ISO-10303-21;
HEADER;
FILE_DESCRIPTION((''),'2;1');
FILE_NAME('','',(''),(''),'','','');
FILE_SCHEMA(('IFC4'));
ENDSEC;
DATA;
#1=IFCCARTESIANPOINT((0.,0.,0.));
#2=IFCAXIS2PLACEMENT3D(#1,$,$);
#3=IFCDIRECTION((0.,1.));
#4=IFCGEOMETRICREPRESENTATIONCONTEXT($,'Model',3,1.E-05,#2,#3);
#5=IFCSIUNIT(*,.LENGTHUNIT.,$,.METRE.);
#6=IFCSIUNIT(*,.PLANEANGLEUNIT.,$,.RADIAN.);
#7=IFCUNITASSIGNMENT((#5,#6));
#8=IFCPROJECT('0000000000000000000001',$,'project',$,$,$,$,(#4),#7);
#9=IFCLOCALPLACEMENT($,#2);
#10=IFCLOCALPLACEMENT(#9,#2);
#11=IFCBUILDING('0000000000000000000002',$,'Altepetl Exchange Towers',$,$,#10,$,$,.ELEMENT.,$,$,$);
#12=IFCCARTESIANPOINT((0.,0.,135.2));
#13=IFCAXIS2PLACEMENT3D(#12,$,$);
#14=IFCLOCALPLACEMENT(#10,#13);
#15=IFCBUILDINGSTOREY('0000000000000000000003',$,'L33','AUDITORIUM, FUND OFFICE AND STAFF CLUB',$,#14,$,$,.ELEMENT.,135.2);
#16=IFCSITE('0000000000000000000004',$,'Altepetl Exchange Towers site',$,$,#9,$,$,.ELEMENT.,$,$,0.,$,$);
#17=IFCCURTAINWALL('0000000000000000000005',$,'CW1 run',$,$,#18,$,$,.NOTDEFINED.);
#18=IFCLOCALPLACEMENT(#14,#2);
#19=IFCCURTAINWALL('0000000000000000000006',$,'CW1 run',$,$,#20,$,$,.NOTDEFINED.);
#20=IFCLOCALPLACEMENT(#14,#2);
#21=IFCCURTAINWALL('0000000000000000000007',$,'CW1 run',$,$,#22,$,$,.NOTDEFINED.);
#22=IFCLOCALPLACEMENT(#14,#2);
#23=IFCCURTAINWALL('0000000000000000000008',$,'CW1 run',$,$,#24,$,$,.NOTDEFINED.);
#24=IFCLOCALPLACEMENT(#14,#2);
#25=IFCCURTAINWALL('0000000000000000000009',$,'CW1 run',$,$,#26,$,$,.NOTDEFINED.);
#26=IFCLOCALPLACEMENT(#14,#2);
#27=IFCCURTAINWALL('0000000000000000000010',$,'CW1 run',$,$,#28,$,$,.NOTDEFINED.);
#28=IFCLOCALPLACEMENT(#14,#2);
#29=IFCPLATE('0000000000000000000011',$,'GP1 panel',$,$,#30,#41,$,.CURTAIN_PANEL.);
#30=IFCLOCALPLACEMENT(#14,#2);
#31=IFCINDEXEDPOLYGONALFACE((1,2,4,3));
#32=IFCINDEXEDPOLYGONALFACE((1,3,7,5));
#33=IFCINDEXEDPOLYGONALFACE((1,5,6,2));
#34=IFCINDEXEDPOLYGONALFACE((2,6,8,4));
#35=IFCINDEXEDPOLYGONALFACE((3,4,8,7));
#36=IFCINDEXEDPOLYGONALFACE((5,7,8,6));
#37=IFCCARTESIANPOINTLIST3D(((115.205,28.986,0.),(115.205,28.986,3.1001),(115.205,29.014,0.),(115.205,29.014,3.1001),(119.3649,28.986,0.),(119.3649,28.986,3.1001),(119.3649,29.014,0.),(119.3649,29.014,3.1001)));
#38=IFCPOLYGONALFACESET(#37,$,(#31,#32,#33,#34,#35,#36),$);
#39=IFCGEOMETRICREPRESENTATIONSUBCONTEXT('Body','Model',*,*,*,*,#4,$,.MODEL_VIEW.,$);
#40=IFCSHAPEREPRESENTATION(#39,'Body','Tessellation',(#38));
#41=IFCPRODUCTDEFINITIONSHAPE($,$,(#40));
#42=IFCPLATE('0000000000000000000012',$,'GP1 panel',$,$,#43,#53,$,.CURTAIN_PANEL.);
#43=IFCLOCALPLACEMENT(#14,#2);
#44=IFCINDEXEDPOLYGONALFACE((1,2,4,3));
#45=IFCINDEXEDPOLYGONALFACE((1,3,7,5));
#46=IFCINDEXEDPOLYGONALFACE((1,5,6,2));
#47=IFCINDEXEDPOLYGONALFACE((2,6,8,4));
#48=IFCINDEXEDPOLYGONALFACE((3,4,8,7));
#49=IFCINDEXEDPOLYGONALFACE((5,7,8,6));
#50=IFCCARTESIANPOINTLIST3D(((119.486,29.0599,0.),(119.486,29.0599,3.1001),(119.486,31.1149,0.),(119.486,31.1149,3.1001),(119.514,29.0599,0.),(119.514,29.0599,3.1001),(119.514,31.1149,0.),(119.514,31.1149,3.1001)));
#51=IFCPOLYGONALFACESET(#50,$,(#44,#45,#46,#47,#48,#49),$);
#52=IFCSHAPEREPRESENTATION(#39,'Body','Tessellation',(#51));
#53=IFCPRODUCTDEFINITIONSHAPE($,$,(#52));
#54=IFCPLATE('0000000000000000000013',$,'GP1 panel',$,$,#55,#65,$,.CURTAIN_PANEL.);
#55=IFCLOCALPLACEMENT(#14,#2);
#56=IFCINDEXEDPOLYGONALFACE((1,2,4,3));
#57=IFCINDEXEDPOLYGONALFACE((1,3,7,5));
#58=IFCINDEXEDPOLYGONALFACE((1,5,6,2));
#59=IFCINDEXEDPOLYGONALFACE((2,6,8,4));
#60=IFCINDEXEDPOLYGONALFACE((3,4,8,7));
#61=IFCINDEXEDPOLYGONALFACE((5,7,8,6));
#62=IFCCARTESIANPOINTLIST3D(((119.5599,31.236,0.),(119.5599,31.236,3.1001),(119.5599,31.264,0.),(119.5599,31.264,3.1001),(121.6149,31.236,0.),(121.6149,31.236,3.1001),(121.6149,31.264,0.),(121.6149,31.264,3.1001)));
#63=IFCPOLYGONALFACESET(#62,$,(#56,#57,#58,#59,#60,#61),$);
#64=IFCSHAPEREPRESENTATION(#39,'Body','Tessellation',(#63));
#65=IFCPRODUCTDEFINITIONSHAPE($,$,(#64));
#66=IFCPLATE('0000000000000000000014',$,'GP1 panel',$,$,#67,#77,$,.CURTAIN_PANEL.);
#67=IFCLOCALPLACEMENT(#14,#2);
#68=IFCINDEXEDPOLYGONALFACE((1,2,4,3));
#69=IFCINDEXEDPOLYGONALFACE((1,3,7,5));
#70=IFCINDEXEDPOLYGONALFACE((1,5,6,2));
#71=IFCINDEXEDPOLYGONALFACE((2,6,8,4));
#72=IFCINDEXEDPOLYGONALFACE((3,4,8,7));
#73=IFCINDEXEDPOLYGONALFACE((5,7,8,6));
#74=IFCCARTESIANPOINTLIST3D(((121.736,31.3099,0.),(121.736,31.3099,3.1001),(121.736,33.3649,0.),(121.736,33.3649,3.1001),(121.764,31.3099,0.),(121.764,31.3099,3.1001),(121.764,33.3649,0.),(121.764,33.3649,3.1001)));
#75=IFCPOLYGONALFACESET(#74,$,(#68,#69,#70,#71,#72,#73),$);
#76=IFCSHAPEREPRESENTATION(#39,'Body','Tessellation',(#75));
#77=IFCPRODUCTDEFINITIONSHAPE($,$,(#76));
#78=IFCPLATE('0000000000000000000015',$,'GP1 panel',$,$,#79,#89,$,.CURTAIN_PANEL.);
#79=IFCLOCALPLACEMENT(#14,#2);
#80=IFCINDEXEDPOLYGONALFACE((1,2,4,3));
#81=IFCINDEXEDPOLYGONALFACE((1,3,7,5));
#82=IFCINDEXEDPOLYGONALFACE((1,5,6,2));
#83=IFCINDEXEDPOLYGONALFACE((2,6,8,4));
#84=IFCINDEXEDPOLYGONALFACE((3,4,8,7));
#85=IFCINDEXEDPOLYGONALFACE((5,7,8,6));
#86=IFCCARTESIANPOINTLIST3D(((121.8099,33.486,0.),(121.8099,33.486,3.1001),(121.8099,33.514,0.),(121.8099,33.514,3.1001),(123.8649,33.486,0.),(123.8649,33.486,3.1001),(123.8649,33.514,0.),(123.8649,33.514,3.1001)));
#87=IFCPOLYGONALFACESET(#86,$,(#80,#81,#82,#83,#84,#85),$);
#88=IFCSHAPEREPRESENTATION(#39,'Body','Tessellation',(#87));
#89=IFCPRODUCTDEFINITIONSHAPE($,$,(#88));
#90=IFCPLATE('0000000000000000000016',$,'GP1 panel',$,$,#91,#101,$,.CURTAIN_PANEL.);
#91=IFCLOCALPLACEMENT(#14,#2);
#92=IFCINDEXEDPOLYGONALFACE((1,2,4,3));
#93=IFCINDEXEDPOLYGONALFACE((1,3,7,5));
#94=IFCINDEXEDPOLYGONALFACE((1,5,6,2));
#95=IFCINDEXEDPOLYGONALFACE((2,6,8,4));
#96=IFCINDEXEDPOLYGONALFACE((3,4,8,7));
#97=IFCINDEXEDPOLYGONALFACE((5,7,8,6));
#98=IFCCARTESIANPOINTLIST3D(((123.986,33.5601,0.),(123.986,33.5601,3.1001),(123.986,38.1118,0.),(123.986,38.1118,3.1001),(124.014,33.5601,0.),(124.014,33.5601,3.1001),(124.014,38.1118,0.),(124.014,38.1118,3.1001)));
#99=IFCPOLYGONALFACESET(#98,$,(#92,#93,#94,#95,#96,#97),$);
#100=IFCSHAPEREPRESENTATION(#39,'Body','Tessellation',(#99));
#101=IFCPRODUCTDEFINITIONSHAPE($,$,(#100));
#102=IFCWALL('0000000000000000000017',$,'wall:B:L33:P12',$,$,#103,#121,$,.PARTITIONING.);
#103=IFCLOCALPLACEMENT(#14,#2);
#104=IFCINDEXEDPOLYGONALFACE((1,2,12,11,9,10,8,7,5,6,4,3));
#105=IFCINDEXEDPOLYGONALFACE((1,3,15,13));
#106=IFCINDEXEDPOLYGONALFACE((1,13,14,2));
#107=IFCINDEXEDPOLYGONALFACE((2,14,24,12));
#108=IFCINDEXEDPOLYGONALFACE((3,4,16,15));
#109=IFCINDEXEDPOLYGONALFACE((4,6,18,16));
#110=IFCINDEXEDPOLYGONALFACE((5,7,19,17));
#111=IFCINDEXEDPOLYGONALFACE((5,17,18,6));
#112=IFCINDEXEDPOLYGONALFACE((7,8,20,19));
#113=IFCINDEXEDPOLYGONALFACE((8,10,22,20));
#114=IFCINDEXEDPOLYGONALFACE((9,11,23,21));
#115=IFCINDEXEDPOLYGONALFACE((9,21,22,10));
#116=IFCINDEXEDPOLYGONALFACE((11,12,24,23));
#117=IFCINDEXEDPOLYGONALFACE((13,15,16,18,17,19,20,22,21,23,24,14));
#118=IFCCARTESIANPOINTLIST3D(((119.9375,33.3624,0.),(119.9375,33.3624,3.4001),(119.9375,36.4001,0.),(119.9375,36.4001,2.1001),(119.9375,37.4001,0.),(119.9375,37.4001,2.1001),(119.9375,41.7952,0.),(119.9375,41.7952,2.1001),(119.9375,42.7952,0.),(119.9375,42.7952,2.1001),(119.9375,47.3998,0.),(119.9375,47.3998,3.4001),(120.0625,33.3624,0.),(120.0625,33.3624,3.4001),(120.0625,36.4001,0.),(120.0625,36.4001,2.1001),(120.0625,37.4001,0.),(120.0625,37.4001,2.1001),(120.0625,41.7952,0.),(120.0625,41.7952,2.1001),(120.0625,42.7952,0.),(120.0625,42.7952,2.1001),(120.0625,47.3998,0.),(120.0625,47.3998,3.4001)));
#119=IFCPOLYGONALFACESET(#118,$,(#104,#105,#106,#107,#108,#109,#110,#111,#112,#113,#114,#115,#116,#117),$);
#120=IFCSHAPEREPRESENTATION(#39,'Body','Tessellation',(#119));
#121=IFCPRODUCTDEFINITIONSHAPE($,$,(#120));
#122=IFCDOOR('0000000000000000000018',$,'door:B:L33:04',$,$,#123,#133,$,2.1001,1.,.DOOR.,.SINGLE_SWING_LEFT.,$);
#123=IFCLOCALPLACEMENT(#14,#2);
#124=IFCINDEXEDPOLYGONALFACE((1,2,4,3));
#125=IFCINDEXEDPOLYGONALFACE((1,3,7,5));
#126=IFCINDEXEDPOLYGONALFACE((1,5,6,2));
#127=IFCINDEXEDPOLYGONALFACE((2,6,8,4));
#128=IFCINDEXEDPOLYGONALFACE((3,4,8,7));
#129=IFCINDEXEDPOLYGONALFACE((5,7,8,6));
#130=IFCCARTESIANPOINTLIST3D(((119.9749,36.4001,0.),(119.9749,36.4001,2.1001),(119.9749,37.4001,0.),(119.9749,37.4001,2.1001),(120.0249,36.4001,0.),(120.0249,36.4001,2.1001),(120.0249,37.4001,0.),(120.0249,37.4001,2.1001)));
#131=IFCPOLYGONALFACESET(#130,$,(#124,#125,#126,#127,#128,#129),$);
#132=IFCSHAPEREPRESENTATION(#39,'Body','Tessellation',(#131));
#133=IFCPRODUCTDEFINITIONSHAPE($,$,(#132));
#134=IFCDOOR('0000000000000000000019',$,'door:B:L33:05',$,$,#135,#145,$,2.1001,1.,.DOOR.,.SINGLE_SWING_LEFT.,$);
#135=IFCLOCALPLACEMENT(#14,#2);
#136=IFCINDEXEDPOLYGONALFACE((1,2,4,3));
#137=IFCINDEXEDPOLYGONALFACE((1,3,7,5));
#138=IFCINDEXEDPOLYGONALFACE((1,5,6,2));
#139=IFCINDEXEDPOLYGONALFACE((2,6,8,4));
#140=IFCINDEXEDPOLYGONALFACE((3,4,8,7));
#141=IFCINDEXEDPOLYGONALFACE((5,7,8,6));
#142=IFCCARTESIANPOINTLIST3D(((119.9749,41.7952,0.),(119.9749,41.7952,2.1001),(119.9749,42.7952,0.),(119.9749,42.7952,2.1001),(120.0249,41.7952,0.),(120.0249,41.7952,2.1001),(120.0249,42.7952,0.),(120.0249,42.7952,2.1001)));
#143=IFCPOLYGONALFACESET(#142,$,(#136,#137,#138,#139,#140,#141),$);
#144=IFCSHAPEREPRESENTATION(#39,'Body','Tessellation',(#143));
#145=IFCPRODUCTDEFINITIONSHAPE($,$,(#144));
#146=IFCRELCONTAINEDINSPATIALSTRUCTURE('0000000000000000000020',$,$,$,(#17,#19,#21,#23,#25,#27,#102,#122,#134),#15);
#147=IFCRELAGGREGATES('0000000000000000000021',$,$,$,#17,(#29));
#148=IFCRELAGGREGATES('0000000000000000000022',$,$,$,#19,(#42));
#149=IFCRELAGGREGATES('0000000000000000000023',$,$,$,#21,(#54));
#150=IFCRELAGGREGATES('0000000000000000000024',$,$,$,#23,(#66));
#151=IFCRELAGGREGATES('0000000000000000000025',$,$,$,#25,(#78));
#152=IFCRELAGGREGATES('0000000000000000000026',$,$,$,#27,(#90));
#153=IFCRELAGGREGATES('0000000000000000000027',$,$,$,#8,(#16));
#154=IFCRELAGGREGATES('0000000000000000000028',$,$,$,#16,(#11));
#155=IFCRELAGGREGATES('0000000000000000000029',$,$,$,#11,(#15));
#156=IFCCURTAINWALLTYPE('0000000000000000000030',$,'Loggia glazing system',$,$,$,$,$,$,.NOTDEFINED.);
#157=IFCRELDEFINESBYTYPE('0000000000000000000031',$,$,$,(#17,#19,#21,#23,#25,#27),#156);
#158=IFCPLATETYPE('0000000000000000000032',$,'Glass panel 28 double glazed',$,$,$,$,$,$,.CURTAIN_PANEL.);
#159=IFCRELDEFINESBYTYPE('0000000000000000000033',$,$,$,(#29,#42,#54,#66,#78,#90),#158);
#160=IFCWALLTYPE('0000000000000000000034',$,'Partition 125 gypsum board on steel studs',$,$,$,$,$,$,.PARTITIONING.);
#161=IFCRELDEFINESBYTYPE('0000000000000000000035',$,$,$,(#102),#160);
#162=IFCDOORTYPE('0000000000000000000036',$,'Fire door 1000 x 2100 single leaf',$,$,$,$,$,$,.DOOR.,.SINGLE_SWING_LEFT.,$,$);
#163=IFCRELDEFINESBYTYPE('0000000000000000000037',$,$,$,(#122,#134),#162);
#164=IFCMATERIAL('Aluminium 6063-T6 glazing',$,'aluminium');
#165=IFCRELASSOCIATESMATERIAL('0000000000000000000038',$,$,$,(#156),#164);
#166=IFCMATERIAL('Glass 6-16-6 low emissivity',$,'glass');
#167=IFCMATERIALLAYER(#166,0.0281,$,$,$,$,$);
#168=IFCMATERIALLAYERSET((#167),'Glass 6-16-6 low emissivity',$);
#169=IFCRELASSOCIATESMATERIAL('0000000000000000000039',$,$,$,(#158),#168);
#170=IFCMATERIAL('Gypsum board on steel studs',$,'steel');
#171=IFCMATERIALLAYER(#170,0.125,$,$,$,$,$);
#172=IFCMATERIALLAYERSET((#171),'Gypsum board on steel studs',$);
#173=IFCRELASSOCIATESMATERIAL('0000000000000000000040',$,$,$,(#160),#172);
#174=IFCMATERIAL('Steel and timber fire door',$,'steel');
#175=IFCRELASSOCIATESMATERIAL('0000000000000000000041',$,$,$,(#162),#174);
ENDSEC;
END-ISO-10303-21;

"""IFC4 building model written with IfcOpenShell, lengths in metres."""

from ifc_helpers import new_model, si_unit, direction, frame, frame_2d, origin, origin_2d, place, context, subcontext, project, spatial, rectangle, extrude, material, layer, layer_set, type_object, element, fill, aggregate, save


model = new_model("IFC4")

# Units and contexts
model_context = context("Model", 3, precision=1e-05, world=origin(), true_north=direction((0.0, 1.0)))
body_context = subcontext(model_context, "Body", "Model", "MODEL_VIEW")
ifc_project = project(units=[si_unit("LENGTHUNIT", "METRE"), si_unit("PLANEANGLEUNIT", "RADIAN")], contexts=[model_context])

# Site, building, storey
site_placement = place(None, origin())
site = spatial("IfcSite", under=ifc_project, at=site_placement, Name="Altepetl Exchange Towers site", CompositionType="ELEMENT", RefElevation=0.0)
building_placement = place(site_placement, origin())
building = spatial("IfcBuilding", under=site, at=building_placement, Name="Altepetl Exchange Towers", CompositionType="ELEMENT")
storey_placement = place(building_placement, frame((0.0, 0.0, 135.2)))
storey = spatial("IfcBuildingStorey", under=building, at=storey_placement, Name="L33", Description="AUDITORIUM, FUND OFFICE AND STAFF CLUB", CompositionType="ELEMENT", Elevation=135.2)

# Curtain wall
ifc_material_1 = material(Name="Aluminium 6063-T6 glazing", Category="aluminium")
curtain_wall_type = type_object("IfcCurtainWallType", Name="Loggia glazing system", PredefinedType="NOTDEFINED", material=ifc_material_1)
curtain_wall_1_placement = place(storey_placement, origin())
curtain_wall_1 = element("IfcCurtainWall", 1, at=curtain_wall_1_placement, inside=storey, type_object=curtain_wall_type, Name="CW1 run", PredefinedType="NOTDEFINED")

# Curtain walls
curtain_wall_2_placement = place(storey_placement, origin())
curtain_wall_2 = element("IfcCurtainWall", 2, at=curtain_wall_2_placement, inside=storey, type_object=curtain_wall_type, Name="CW1 run", PredefinedType="NOTDEFINED")
curtain_wall_3_placement = place(storey_placement, origin())
curtain_wall_3 = element("IfcCurtainWall", 3, at=curtain_wall_3_placement, inside=storey, type_object=curtain_wall_type, Name="CW1 run", PredefinedType="NOTDEFINED")
curtain_wall_4_placement = place(storey_placement, origin())
curtain_wall_4 = element("IfcCurtainWall", 4, at=curtain_wall_4_placement, inside=storey, type_object=curtain_wall_type, Name="CW1 run", PredefinedType="NOTDEFINED")
curtain_wall_5_placement = place(storey_placement, origin())
curtain_wall_5 = element("IfcCurtainWall", 5, at=curtain_wall_5_placement, inside=storey, type_object=curtain_wall_type, Name="CW1 run", PredefinedType="NOTDEFINED")

# Curtain wall
curtain_wall_6_placement = place(storey_placement, origin())
curtain_wall_6 = element("IfcCurtainWall", 6, at=curtain_wall_6_placement, inside=storey, type_object=curtain_wall_type, Name="CW1 run", PredefinedType="NOTDEFINED")

# Plates
ifc_material_2 = material(Name="Glass 6-16-6 low emissivity", Category="glass")
ifc_layer_1 = layer(ifc_material_2, 0.0281)
ifc_layer_set_1 = layer_set([ifc_layer_1], Name="Glass 6-16-6 low emissivity")
plate_type = type_object("IfcPlateType", Name="Glass panel 28 double glazed", PredefinedType="CURTAIN_PANEL", material=ifc_layer_set_1)
plate_1_placement = place(storey_placement, frame((117.2849, 29.0, 0.0)))
plate_1 = element("IfcPlate", 7, at=plate_1_placement, type_object=plate_type, Name="GP1 panel", PredefinedType="CURTAIN_PANEL", context=body_context, shape_type="SweptSolid", body=[
    extrude(rectangle(XDim=4.1599, YDim=0.0281, at=origin_2d()), origin(), (0.0, 0.0, 1.0), 3.1001),
])
aggregate(curtain_wall_1, [plate_1])
plate_2_placement = place(storey_placement, frame((119.5, 30.0874, 0.0), z_axis=(0.0, 0.0, 1.0), x_axis=(0.0, 1.0, 0.0)))
plate_2 = element("IfcPlate", 8, at=plate_2_placement, type_object=plate_type, Name="GP1 panel", PredefinedType="CURTAIN_PANEL", context=body_context, shape_type="SweptSolid", body=[
    extrude(rectangle(XDim=2.0549, YDim=0.0281, at=origin_2d()), origin(), (0.0, 0.0, 1.0), 3.1001),
])
aggregate(curtain_wall_2, [plate_2])
plate_3_placement = place(storey_placement, frame((120.5874, 31.25, 0.0)))
plate_3 = element("IfcPlate", 9, at=plate_3_placement, type_object=plate_type, Name="GP1 panel", PredefinedType="CURTAIN_PANEL", context=body_context, shape_type="SweptSolid", body=[
    extrude(rectangle(XDim=2.0549, YDim=0.0281, at=origin_2d()), origin(), (0.0, 0.0, 1.0), 3.1001),
])
aggregate(curtain_wall_3, [plate_3])
plate_4_placement = place(storey_placement, frame((121.75, 32.3374, 0.0), z_axis=(0.0, 0.0, 1.0), x_axis=(0.0, 1.0, 0.0)))
plate_4 = element("IfcPlate", 10, at=plate_4_placement, type_object=plate_type, Name="GP1 panel", PredefinedType="CURTAIN_PANEL", context=body_context, shape_type="SweptSolid", body=[
    extrude(rectangle(XDim=2.0549, YDim=0.0281, at=origin_2d()), origin(), (0.0, 0.0, 1.0), 3.1001),
])
aggregate(curtain_wall_4, [plate_4])
plate_5_placement = place(storey_placement, frame((122.8374, 33.5, 0.0)))
plate_5 = element("IfcPlate", 11, at=plate_5_placement, type_object=plate_type, Name="GP1 panel", PredefinedType="CURTAIN_PANEL", context=body_context, shape_type="SweptSolid", body=[
    extrude(rectangle(XDim=2.0549, YDim=0.0281, at=origin_2d()), origin(), (0.0, 0.0, 1.0), 3.1001),
])
aggregate(curtain_wall_5, [plate_5])
plate_6_placement = place(storey_placement, frame((124.0, 35.8359, 0.0), z_axis=(0.0, 0.0, 1.0), x_axis=(0.0, 1.0, 0.0)))
plate_6 = element("IfcPlate", 12, at=plate_6_placement, type_object=plate_type, Name="GP1 panel", PredefinedType="CURTAIN_PANEL", context=body_context, shape_type="SweptSolid", body=[
    extrude(rectangle(XDim=4.5518, YDim=0.0281, at=origin_2d()), origin(), (0.0, 0.0, 1.0), 3.1001),
])
aggregate(curtain_wall_6, [plate_6])

# Wall, openings, doors
ifc_material_3 = material(Name="Gypsum board on steel studs", Category="steel")
ifc_layer_2 = layer(ifc_material_3, 0.125)
ifc_layer_set_2 = layer_set([ifc_layer_2], Name="Gypsum board on steel studs")
wall_type = type_object("IfcWallType", Name="Partition 125 gypsum board on steel studs", PredefinedType="PARTITIONING", material=ifc_layer_set_2)
wall_placement = place(storey_placement, frame((120.0, 33.3625, 0.0), z_axis=(0.0, 0.0, 1.0), x_axis=(0.0, 1.0, 0.0)))
wall = element("IfcWall", 13, at=wall_placement, inside=storey, type_object=wall_type, Name="wall:B:L33:P12", PredefinedType="PARTITIONING", context=body_context, shape_type="SweptSolid", body=[
    extrude(rectangle(XDim=14.0374, YDim=0.125, at=frame_2d((7.0186, 0.0))), origin(), (0.0, 0.0, 1.0), 3.4001),
])
opening_1_placement = place(wall_placement, frame((3.0376, 0.0, 0.0)))
opening_1 = element("IfcOpeningElement", 14, at=opening_1_placement, cuts=wall, PredefinedType="OPENING", context=body_context, shape_type="SweptSolid", body=[
    extrude(rectangle(XDim=1.0, YDim=2.1001, at=frame_2d((0.5, 1.05))), frame((0.0, 0.0725, 0.0), z_axis=(0.0, -1.0, 0.0), x_axis=(1.0, 0.0, 0.0)), (0.0, 0.0, 1.0), 0.145),
])
opening_2_placement = place(wall_placement, frame((8.4326, 0.0, 0.0)))
opening_2 = element("IfcOpeningElement", 15, at=opening_2_placement, cuts=wall, PredefinedType="OPENING", context=body_context, shape_type="SweptSolid", body=[
    extrude(rectangle(XDim=1.0, YDim=2.1001, at=frame_2d((0.5, 1.05))), frame((0.0, 0.0725, 0.0), z_axis=(0.0, -1.0, 0.0), x_axis=(1.0, 0.0, 0.0)), (0.0, 0.0, 1.0), 0.145),
])
ifc_material_4 = material(Name="Steel and timber fire door", Category="steel")
door_type = type_object("IfcDoorType", Name="Fire door 1000 x 2100 single leaf", OperationType="SINGLE_SWING_LEFT", PredefinedType="DOOR", material=ifc_material_4)
door_1_placement = place(opening_1_placement, frame((1.0, 0.0, 0.0), x_axis=(-1.0, 0.0, 0.0)))
door_1 = element("IfcDoor", 16, at=door_1_placement, inside=storey, type_object=door_type, Name="door:B:L33:04", OperationType="SINGLE_SWING_LEFT", OverallHeight=2.1001, OverallWidth=1.0, PredefinedType="DOOR", context=body_context, shape_type="SweptSolid", body=[
    extrude(rectangle(XDim=1.0, YDim=2.1001, at=frame_2d((0.5, 1.05))), frame((0.0, 0.0249, 0.0), z_axis=(0.0, -1.0, 0.0), x_axis=(1.0, 0.0, 0.0)), (0.0, 0.0, 1.0), 0.05),
])
fill(opening_1, door_1)
door_2_placement = place(opening_2_placement, frame((1.0, 0.0, 0.0), x_axis=(-1.0, 0.0, 0.0)))
door_2 = element("IfcDoor", 17, at=door_2_placement, inside=storey, type_object=door_type, Name="door:B:L33:05", OperationType="SINGLE_SWING_LEFT", OverallHeight=2.1001, OverallWidth=1.0, PredefinedType="DOOR", context=body_context, shape_type="SweptSolid", body=[
    extrude(rectangle(XDim=1.0, YDim=2.1001, at=frame_2d((0.5, 1.05))), frame((0.0, 0.0249, 0.0), z_axis=(0.0, -1.0, 0.0), x_axis=(1.0, 0.0, 0.0)), (0.0, 0.0, 1.0), 0.05),
])
fill(opening_2, door_2)

save(model, "model.ifc")
